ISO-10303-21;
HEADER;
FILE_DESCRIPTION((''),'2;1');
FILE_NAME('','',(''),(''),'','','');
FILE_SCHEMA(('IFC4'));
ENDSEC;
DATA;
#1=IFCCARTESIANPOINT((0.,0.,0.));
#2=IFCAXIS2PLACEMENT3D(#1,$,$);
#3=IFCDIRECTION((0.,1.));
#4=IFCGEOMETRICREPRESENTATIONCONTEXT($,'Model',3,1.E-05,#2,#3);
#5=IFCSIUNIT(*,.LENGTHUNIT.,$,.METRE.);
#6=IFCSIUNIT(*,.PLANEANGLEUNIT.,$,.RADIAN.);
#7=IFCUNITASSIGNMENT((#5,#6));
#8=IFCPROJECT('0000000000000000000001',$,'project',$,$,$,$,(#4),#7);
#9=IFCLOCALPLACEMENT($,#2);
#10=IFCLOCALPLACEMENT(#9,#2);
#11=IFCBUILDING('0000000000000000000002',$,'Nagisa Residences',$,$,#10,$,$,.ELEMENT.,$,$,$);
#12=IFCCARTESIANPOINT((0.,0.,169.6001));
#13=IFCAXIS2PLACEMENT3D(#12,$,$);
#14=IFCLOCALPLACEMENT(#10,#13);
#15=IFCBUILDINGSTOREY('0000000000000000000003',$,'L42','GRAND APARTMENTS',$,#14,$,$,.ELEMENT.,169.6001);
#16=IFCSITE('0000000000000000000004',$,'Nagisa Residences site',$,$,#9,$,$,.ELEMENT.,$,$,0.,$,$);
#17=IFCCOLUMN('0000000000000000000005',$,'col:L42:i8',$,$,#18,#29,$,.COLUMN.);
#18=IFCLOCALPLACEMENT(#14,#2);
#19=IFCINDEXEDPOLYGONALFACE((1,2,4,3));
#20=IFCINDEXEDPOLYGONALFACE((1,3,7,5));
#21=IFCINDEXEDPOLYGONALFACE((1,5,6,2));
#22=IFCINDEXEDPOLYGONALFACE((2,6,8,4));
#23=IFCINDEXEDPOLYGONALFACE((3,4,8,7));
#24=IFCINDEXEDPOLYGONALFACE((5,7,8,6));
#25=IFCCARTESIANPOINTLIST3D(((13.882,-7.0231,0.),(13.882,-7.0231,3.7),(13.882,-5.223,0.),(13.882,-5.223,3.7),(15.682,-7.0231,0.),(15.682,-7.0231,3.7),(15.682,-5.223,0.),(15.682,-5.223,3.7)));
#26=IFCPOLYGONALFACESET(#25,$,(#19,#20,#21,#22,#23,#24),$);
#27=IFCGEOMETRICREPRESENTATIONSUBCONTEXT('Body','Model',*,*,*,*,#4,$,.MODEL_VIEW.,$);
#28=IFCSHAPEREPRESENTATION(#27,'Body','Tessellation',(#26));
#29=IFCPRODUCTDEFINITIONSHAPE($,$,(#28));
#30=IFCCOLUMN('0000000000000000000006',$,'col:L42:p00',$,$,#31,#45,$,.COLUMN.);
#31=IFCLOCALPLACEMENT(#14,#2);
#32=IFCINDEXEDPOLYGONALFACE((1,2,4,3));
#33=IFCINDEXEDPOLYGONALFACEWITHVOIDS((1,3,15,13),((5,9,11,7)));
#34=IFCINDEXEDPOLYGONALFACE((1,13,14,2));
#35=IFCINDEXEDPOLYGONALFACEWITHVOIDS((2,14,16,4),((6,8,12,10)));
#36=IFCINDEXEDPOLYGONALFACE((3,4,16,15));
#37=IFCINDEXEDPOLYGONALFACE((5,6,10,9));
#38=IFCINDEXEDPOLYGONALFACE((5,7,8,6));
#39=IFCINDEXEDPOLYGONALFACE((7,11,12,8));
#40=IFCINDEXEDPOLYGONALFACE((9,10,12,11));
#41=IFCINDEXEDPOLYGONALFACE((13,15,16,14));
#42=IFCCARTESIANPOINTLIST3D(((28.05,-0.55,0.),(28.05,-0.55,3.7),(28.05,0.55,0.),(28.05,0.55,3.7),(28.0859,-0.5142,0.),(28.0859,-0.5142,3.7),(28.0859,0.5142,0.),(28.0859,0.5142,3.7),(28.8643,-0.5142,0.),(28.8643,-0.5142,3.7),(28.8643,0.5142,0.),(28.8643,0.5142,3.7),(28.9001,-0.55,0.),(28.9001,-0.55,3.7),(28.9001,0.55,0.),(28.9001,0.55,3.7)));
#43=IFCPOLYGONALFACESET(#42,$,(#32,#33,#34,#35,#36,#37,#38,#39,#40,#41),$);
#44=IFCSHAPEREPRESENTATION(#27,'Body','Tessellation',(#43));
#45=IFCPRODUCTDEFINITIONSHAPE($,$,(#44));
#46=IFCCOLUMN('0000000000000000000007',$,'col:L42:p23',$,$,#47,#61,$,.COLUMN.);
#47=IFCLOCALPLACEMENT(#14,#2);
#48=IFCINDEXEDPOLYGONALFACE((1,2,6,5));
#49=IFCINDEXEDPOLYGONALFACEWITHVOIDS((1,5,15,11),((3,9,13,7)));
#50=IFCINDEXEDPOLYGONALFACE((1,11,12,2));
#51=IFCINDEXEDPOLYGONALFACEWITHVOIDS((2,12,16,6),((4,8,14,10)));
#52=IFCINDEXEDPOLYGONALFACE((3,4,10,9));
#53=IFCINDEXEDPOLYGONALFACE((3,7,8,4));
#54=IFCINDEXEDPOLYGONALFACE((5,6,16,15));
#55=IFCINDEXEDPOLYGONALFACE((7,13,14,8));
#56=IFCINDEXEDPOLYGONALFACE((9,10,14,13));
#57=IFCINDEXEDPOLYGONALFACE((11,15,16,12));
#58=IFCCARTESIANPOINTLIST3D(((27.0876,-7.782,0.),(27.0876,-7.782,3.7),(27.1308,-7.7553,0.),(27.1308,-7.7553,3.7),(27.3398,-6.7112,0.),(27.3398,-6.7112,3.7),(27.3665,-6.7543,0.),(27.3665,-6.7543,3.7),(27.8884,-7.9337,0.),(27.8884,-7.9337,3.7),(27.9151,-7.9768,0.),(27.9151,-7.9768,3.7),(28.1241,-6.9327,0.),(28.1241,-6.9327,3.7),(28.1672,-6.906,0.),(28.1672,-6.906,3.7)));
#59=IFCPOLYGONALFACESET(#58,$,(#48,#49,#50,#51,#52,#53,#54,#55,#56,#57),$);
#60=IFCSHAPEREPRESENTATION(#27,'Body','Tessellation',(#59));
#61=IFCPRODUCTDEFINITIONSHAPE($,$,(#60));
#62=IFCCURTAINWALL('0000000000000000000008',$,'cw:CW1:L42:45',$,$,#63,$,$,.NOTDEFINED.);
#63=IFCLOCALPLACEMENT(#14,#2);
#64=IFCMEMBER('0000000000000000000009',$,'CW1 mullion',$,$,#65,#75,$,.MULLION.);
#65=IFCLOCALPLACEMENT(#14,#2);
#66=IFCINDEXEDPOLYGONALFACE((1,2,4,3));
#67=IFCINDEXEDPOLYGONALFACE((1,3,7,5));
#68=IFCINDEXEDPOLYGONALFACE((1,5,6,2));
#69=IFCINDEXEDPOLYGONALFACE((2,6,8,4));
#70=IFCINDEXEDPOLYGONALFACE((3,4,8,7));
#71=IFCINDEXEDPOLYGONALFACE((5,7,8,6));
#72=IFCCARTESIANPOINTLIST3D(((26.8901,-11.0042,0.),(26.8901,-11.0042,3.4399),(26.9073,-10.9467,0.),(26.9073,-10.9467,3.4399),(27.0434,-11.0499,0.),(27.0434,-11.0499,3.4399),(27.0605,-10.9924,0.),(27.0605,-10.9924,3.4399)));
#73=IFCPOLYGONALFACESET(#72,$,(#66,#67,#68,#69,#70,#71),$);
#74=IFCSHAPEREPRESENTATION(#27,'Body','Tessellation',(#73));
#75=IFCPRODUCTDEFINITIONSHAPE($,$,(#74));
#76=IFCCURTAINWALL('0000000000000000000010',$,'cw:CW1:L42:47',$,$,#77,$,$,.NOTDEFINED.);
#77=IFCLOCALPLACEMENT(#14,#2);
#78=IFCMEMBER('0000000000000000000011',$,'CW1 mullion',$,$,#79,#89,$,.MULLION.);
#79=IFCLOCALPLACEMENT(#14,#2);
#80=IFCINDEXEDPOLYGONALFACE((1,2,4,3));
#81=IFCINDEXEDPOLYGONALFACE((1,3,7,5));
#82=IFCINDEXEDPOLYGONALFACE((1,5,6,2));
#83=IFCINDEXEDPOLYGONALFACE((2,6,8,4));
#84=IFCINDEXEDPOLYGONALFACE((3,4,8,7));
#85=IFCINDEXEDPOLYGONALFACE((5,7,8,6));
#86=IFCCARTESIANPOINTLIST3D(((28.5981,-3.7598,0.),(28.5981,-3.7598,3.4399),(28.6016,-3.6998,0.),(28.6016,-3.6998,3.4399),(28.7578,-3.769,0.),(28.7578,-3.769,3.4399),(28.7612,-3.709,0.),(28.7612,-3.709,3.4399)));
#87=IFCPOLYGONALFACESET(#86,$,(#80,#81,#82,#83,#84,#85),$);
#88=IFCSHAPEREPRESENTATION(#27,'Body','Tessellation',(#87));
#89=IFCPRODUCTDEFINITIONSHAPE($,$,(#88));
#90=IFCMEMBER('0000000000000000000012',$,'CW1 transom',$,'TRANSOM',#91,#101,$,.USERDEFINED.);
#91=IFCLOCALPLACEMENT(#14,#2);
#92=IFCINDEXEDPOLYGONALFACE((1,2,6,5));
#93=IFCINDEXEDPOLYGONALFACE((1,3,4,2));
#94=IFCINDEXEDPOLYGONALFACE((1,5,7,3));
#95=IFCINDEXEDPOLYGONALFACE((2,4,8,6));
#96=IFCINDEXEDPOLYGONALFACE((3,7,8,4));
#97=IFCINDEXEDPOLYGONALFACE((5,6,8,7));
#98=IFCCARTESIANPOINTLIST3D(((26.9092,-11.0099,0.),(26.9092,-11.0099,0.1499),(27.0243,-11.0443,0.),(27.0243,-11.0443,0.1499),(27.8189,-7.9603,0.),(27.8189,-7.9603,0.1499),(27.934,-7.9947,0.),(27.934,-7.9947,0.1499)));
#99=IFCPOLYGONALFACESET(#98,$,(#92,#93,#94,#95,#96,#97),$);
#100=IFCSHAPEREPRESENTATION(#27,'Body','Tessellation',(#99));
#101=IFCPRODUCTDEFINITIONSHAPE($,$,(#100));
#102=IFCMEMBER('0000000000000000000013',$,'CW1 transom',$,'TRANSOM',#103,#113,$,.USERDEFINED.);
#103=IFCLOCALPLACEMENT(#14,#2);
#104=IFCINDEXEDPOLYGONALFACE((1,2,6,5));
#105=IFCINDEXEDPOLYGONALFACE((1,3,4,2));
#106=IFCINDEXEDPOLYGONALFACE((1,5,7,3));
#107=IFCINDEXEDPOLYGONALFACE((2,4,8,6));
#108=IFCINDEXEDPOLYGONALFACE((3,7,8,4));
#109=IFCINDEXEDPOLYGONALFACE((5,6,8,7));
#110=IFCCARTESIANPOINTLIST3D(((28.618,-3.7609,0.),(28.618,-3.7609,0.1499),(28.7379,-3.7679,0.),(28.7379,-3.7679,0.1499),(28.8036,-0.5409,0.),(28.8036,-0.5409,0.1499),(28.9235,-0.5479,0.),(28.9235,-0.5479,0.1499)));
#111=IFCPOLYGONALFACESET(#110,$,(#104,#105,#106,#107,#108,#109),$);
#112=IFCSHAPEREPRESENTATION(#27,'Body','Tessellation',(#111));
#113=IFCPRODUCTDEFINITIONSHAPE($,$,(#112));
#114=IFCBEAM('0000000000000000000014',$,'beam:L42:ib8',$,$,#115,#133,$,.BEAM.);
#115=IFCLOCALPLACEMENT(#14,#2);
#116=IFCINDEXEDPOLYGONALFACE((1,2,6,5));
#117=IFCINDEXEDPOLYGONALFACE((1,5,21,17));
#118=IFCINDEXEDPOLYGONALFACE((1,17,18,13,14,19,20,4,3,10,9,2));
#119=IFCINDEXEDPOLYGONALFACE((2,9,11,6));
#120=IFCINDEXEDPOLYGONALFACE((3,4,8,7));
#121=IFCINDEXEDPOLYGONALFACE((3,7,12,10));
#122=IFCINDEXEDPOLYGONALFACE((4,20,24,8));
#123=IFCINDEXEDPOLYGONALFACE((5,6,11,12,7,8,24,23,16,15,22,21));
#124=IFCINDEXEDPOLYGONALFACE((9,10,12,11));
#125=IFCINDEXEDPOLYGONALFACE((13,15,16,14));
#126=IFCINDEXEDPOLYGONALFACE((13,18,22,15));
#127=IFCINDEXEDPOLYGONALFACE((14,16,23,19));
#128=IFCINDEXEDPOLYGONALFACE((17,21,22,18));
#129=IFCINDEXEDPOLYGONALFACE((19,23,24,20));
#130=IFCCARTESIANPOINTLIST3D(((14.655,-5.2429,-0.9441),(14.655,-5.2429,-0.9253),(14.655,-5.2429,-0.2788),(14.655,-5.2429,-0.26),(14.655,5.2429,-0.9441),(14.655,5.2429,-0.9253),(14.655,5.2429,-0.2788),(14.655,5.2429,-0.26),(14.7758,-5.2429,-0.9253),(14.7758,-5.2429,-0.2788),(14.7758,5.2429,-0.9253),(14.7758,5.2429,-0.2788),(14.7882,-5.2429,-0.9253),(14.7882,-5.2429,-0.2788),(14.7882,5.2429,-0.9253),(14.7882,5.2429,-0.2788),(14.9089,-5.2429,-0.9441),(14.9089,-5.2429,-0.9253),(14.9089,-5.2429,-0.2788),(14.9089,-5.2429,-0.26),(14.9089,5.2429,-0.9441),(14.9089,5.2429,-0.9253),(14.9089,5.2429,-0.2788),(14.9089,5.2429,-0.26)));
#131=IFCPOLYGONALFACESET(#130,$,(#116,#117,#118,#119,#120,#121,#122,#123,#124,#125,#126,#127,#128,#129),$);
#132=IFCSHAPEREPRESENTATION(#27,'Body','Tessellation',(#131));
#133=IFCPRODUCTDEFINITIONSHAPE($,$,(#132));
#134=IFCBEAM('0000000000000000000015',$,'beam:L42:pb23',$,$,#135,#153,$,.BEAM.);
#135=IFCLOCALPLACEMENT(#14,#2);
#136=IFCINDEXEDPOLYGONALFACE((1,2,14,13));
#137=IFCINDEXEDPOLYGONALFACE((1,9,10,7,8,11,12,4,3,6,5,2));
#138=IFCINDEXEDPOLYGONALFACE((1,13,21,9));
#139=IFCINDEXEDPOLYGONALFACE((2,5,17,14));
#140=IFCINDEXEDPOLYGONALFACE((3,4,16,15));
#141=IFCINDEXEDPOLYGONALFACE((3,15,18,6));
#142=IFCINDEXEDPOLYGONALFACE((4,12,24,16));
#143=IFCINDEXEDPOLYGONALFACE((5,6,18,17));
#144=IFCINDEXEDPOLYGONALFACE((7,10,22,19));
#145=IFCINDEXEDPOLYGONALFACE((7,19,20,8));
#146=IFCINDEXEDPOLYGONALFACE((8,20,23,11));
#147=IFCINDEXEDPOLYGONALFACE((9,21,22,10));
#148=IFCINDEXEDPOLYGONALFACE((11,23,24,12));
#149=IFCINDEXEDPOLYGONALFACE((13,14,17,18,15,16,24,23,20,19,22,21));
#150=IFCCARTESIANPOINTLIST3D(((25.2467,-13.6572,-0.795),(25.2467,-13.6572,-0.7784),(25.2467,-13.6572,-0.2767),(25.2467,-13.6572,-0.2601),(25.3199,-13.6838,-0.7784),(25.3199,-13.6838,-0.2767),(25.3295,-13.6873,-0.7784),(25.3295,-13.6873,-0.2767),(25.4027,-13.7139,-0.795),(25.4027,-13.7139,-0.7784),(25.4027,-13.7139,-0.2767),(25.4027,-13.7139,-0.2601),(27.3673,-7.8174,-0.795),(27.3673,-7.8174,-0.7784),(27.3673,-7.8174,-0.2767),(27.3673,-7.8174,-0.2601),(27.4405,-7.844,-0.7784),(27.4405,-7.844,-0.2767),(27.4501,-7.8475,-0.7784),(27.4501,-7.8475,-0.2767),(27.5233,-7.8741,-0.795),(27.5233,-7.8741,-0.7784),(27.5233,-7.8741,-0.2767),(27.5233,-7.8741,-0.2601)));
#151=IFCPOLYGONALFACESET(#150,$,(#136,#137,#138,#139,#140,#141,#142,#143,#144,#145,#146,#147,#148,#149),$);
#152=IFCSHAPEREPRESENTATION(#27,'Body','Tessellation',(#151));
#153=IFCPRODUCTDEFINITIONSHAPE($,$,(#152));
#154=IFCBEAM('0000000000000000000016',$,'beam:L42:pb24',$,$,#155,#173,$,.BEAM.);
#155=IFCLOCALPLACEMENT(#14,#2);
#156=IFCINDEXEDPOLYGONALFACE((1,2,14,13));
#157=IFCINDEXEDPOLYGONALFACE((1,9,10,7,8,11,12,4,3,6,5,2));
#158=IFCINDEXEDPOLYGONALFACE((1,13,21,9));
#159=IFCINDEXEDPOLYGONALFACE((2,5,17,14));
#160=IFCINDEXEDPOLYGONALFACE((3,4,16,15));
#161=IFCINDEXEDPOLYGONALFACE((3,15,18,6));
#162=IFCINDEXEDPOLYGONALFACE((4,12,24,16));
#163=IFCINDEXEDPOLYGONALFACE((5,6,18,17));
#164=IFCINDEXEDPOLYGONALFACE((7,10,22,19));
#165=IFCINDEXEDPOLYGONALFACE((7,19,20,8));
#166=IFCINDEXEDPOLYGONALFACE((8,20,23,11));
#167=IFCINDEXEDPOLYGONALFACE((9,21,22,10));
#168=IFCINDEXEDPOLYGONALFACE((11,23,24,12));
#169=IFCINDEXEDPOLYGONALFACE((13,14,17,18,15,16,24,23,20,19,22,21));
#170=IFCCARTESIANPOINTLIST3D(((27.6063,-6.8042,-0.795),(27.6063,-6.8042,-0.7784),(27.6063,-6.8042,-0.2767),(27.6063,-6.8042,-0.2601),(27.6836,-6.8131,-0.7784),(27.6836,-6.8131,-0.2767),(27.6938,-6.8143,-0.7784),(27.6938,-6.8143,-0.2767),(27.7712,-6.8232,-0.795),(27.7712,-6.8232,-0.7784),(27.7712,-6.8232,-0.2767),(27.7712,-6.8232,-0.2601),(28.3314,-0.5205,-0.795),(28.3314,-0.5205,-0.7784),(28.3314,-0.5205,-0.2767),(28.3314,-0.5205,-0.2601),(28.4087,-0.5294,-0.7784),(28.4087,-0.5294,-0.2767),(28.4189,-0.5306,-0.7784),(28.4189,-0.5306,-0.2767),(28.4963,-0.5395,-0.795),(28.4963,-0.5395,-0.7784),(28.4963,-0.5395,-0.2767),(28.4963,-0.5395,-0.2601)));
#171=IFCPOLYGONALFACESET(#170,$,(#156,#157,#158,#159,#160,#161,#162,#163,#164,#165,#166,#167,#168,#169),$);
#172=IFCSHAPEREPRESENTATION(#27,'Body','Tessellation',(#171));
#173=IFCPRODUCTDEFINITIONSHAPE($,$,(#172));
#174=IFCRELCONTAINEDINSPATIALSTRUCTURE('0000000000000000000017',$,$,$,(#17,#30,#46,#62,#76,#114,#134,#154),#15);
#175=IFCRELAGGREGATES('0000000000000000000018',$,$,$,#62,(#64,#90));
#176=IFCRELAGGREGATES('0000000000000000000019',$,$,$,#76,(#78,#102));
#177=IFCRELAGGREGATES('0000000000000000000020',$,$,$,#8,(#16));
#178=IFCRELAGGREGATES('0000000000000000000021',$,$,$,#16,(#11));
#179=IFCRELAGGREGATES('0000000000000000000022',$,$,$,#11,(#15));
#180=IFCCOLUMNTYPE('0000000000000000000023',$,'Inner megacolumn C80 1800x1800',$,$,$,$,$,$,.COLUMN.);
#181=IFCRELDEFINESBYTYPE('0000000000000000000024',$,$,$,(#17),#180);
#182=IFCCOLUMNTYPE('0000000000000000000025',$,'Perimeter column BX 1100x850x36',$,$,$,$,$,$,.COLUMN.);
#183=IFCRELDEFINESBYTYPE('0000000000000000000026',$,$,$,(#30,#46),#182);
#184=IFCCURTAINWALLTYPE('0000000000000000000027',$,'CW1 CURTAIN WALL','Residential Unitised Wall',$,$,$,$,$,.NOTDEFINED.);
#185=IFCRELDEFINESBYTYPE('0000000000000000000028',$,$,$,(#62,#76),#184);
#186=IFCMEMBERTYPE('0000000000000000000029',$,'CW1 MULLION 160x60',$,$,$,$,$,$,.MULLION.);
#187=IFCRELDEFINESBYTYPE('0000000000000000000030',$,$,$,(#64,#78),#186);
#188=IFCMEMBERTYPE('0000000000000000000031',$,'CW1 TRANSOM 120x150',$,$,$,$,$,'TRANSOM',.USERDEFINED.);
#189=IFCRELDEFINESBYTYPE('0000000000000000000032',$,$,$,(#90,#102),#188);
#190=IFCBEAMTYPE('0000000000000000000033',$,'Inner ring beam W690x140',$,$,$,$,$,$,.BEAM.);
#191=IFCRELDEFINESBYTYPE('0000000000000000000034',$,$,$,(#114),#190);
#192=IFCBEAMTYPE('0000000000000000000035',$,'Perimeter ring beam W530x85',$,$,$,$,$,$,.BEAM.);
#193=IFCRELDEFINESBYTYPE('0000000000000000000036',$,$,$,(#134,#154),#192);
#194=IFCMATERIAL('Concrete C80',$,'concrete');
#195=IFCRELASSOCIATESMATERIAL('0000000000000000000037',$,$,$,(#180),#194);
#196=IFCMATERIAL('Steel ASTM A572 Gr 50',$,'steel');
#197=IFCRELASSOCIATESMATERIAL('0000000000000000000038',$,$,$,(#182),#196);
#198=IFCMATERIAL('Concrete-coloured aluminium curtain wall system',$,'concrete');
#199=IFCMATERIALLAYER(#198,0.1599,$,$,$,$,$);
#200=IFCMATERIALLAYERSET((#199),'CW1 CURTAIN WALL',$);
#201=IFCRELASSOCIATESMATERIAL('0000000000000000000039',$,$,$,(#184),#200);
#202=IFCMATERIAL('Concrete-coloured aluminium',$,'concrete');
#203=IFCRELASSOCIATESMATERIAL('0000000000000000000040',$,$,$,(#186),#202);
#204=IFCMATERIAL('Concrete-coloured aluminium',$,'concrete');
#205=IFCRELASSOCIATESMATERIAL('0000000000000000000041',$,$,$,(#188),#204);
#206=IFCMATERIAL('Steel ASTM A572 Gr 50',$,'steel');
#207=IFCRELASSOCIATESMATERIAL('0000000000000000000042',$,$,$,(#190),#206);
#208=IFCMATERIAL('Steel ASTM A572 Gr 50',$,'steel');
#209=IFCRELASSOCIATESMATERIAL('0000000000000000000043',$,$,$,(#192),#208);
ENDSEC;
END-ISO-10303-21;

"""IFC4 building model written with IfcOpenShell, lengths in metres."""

from ifc_helpers import new_model, si_unit, direction, frame, origin, origin_2d, place, context, subcontext, project, spatial, rectangle, hollow_rectangle, i_section, extrude, material, layer, layer_set, material_profile, profile_set, type_object, element, aggregate, save


model = new_model("IFC4")

# Units and contexts
model_context = context("Model", 3, precision=1e-05, world=origin(), true_north=direction((0.0, 1.0)))
body_context = subcontext(model_context, "Body", "Model", "MODEL_VIEW")
ifc_project = project(units=[si_unit("LENGTHUNIT", "METRE"), si_unit("PLANEANGLEUNIT", "RADIAN")], contexts=[model_context])

# Site, building, storey
site_placement = place(None, origin())
site = spatial("IfcSite", under=ifc_project, at=site_placement, Name="Nagisa Residences site", CompositionType="ELEMENT", RefElevation=0.0)
building_placement = place(site_placement, origin())
building = spatial("IfcBuilding", under=site, at=building_placement, Name="Nagisa Residences", CompositionType="ELEMENT")
storey_placement = place(building_placement, frame((0.0, 0.0, 169.6001)))
storey = spatial("IfcBuildingStorey", under=building, at=storey_placement, Name="L42", Description="GRAND APARTMENTS", CompositionType="ELEMENT", Elevation=169.6001)

# Columns
ifc_material_1 = material(Name="Concrete C80", Category="concrete")
ifc_material_profile_1 = material_profile(ifc_material_1, rectangle(XDim=1.8, YDim=1.8, at=origin_2d()), Name="C80 1800x1800")
ifc_profile_set_1 = profile_set([ifc_material_profile_1], Name="Concrete C80")
column_type_1 = type_object("IfcColumnType", Name="Inner megacolumn C80 1800x1800", PredefinedType="COLUMN", material=ifc_profile_set_1)
column_placement = place(storey_placement, frame((14.782, -6.123, 0.0), z_axis=(0.0, 0.0, 1.0), x_axis=(1.0, 0.0, 0.0)))
element("IfcColumn", 1, at=column_placement, inside=storey, type_object=column_type_1, Name="col:L42:i8", PredefinedType="COLUMN", context=body_context, shape_type="SweptSolid", body=[
    extrude(rectangle(XDim=1.8, YDim=1.8, at=origin_2d()), origin(), (0.0, 0.0, 1.0), 3.7),
])
ifc_material_2 = material(Name="Steel ASTM A572 Gr 50", Category="steel")
ifc_material_profile_2 = material_profile(ifc_material_2, hollow_rectangle(XDim=1.1001, YDim=0.8501, WallThickness=0.0359, at=origin_2d()), Name="BX 1100x850x36")
ifc_profile_set_2 = profile_set([ifc_material_profile_2], Name="Steel ASTM A572 Gr 50")
column_type_2 = type_object("IfcColumnType", Name="Perimeter column BX 1100x850x36", PredefinedType="COLUMN", material=ifc_profile_set_2)
for number, where, z_axis, x_axis, name in (
    (2, (28.4751, 0.0, 0.0), (0.0, 0.0, 1.0), (0.0, 1.0, 0.0), "col:L42:p00"),
    (3, (27.6274, -7.344, 0.0), (0.0, 0.0, 1.0), (0.229202, 0.973379, 0.0), "col:L42:p23"),
):
    element("IfcColumn", number, at=place(storey_placement, frame(where, z_axis=z_axis, x_axis=x_axis)), inside=storey, type_object=column_type_2, Name=name, PredefinedType="COLUMN", context=body_context, shape_type="SweptSolid", body=[
        extrude(hollow_rectangle(XDim=1.1001, YDim=0.8501, WallThickness=0.0359, at=origin_2d()), origin(), (0.0, 0.0, 1.0), 3.7),
    ])

# Curtain walls, members
ifc_material_3 = material(Name="Concrete-coloured aluminium curtain wall system", Category="concrete")
ifc_layer_1 = layer(ifc_material_3, 0.1599)
ifc_layer_set_1 = layer_set([ifc_layer_1], Name="CW1 CURTAIN WALL")
curtain_wall_type = type_object("IfcCurtainWallType", Name="CW1 CURTAIN WALL", Description="Residential Unitised Wall", PredefinedType="NOTDEFINED", material=ifc_layer_set_1)
curtain_wall_1_placement = place(storey_placement, origin())
curtain_wall_1 = element("IfcCurtainWall", 4, at=curtain_wall_1_placement, inside=storey, type_object=curtain_wall_type, Name="cw:CW1:L42:45", PredefinedType="NOTDEFINED")
ifc_material_4 = material(Name="Concrete-coloured aluminium", Category="concrete")
ifc_material_profile_3 = material_profile(ifc_material_4, rectangle(XDim=0.1599, YDim=0.0601, at=origin_2d()), Name="CW1 MULLION 160x60")
ifc_profile_set_3 = profile_set([ifc_material_profile_3], Name="Concrete-coloured aluminium")
member_type_1 = type_object("IfcMemberType", Name="CW1 MULLION 160x60", PredefinedType="MULLION", material=ifc_profile_set_3)
member_1_placement = place(storey_placement, frame((26.9753, -10.9983, 0.0), z_axis=(0.0, 0.0, 1.0), x_axis=(-0.958271, 0.28586, 0.0)))
member_1 = element("IfcMember", 5, at=member_1_placement, type_object=member_type_1, Name="CW1 mullion", PredefinedType="MULLION", context=body_context, shape_type="SweptSolid", body=[
    extrude(rectangle(XDim=0.1599, YDim=0.0601, at=origin_2d()), origin(), (0.0, 0.0, 1.0), 3.4399),
])
curtain_wall_2_placement = place(storey_placement, origin())
curtain_wall_2 = element("IfcCurtainWall", 6, at=curtain_wall_2_placement, inside=storey, type_object=curtain_wall_type, Name="cw:CW1:L42:47", PredefinedType="NOTDEFINED")
member_2_placement = place(storey_placement, frame((28.6797, -3.7344, 0.0), z_axis=(0.0, 0.0, 1.0), x_axis=(-0.998345, 0.057503, 0.0)))
member_2 = element("IfcMember", 7, at=member_2_placement, type_object=member_type_1, Name="CW1 mullion", PredefinedType="MULLION", context=body_context, shape_type="SweptSolid", body=[
    extrude(rectangle(XDim=0.1599, YDim=0.0601, at=origin_2d()), origin(), (0.0, 0.0, 1.0), 3.4399),
])

# Members
ifc_material_5 = material(Name="Concrete-coloured aluminium", Category="concrete")
ifc_material_profile_4 = material_profile(ifc_material_5, rectangle(XDim=0.1201, YDim=0.1499, at=origin_2d()), Name="CW1 TRANSOM 120x150")
ifc_profile_set_4 = profile_set([ifc_material_profile_4], Name="Concrete-coloured aluminium")
member_type_2 = type_object("IfcMemberType", Name="CW1 TRANSOM 120x150", ElementType="TRANSOM", PredefinedType="USERDEFINED", material=ifc_profile_set_4)
member_3_placement = place(storey_placement, frame((26.9668, -11.0271, 0.075), z_axis=(0.285848, 0.958275, 0.0), x_axis=(-0.958275, 0.285848, 0.0)))
member_3 = element("IfcMember", 8, at=member_3_placement, type_object=member_type_2, Name="CW1 transom", ObjectType="TRANSOM", PredefinedType="USERDEFINED", context=body_context, shape_type="SweptSolid", body=[
    extrude(rectangle(XDim=0.1201, YDim=0.1499, at=origin_2d()), origin(), (0.0, 0.0, 1.0), 3.1824),
])
member_4_placement = place(storey_placement, frame((28.678, -3.7644, 0.075), z_axis=(0.057528, 0.998344, 0.0), x_axis=(-0.998344, 0.057528, 0.0)))
member_4 = element("IfcMember", 9, at=member_4_placement, type_object=member_type_2, Name="CW1 transom", ObjectType="TRANSOM", PredefinedType="USERDEFINED", context=body_context, shape_type="SweptSolid", body=[
    extrude(rectangle(XDim=0.1201, YDim=0.1499, at=origin_2d()), origin(), (0.0, 0.0, 1.0), 3.2253),
])

# Beams
ifc_material_6 = material(Name="Steel ASTM A572 Gr 50", Category="steel")
ifc_material_profile_5 = material_profile(ifc_material_6, i_section(OverallWidth=0.2539, OverallDepth=0.6841, WebThickness=0.0125, FlangeThickness=0.0188, at=origin_2d()), Name="W690x140")
ifc_profile_set_5 = profile_set([ifc_material_profile_5], Name="Steel ASTM A572 Gr 50")
beam_type_1 = type_object("IfcBeamType", Name="Inner ring beam W690x140", PredefinedType="BEAM", material=ifc_profile_set_5)
beam_1_placement = place(storey_placement, frame((14.782, -5.2429, -0.6021), z_axis=(0.0, 1.0, 0.0), x_axis=(-1.0, 0.0, 0.0)))
element("IfcBeam", 10, at=beam_1_placement, inside=storey, type_object=beam_type_1, Name="beam:L42:ib8", PredefinedType="BEAM", context=body_context, shape_type="SweptSolid", body=[
    extrude(i_section(OverallWidth=0.2539, OverallDepth=0.6841, WebThickness=0.0125, FlangeThickness=0.0188, at=origin_2d()), origin(), (0.0, 0.0, 1.0), 10.4858),
])
ifc_material_7 = material(Name="Steel ASTM A572 Gr 50", Category="steel")
ifc_material_profile_6 = material_profile(ifc_material_7, i_section(OverallWidth=0.166, OverallDepth=0.5349, WebThickness=0.0103, FlangeThickness=0.0166, at=origin_2d()), Name="W530x85")
ifc_profile_set_6 = profile_set([ifc_material_profile_6], Name="Steel ASTM A572 Gr 50")
beam_type_2 = type_object("IfcBeamType", Name="Perimeter ring beam W530x85", PredefinedType="BEAM", material=ifc_profile_set_6)
beam_2_placement = place(storey_placement, frame((25.3247, -13.6855, -0.5276), z_axis=(0.34132, 0.939947, 0.0), x_axis=(-0.939947, 0.34132, 0.0)))
element("IfcBeam", 11, at=beam_2_placement, inside=storey, type_object=beam_type_2, Name="beam:L42:pb23", PredefinedType="BEAM", context=body_context, shape_type="SweptSolid", body=[
    extrude(i_section(OverallWidth=0.166, OverallDepth=0.5349, WebThickness=0.0103, FlangeThickness=0.0166, at=origin_2d()), origin(), (0.0, 0.0, 1.0), 6.2129),
])
beam_3_placement = place(storey_placement, frame((27.6887, -6.8137, -0.5276), z_axis=(0.114633, 0.993408, 0.0), x_axis=(-0.993408, 0.114633, 0.0)))
element("IfcBeam", 12, at=beam_3_placement, inside=storey, type_object=beam_type_2, Name="beam:L42:pb24", PredefinedType="BEAM", context=body_context, shape_type="SweptSolid", body=[
    extrude(i_section(OverallWidth=0.166, OverallDepth=0.5349, WebThickness=0.0103, FlangeThickness=0.0166, at=origin_2d()), origin(), (0.0, 0.0, 1.0), 6.3254),
])

aggregate(curtain_wall_1, [member_1, member_3])
aggregate(curtain_wall_2, [member_2, member_4])

save(model, "model.ifc")
